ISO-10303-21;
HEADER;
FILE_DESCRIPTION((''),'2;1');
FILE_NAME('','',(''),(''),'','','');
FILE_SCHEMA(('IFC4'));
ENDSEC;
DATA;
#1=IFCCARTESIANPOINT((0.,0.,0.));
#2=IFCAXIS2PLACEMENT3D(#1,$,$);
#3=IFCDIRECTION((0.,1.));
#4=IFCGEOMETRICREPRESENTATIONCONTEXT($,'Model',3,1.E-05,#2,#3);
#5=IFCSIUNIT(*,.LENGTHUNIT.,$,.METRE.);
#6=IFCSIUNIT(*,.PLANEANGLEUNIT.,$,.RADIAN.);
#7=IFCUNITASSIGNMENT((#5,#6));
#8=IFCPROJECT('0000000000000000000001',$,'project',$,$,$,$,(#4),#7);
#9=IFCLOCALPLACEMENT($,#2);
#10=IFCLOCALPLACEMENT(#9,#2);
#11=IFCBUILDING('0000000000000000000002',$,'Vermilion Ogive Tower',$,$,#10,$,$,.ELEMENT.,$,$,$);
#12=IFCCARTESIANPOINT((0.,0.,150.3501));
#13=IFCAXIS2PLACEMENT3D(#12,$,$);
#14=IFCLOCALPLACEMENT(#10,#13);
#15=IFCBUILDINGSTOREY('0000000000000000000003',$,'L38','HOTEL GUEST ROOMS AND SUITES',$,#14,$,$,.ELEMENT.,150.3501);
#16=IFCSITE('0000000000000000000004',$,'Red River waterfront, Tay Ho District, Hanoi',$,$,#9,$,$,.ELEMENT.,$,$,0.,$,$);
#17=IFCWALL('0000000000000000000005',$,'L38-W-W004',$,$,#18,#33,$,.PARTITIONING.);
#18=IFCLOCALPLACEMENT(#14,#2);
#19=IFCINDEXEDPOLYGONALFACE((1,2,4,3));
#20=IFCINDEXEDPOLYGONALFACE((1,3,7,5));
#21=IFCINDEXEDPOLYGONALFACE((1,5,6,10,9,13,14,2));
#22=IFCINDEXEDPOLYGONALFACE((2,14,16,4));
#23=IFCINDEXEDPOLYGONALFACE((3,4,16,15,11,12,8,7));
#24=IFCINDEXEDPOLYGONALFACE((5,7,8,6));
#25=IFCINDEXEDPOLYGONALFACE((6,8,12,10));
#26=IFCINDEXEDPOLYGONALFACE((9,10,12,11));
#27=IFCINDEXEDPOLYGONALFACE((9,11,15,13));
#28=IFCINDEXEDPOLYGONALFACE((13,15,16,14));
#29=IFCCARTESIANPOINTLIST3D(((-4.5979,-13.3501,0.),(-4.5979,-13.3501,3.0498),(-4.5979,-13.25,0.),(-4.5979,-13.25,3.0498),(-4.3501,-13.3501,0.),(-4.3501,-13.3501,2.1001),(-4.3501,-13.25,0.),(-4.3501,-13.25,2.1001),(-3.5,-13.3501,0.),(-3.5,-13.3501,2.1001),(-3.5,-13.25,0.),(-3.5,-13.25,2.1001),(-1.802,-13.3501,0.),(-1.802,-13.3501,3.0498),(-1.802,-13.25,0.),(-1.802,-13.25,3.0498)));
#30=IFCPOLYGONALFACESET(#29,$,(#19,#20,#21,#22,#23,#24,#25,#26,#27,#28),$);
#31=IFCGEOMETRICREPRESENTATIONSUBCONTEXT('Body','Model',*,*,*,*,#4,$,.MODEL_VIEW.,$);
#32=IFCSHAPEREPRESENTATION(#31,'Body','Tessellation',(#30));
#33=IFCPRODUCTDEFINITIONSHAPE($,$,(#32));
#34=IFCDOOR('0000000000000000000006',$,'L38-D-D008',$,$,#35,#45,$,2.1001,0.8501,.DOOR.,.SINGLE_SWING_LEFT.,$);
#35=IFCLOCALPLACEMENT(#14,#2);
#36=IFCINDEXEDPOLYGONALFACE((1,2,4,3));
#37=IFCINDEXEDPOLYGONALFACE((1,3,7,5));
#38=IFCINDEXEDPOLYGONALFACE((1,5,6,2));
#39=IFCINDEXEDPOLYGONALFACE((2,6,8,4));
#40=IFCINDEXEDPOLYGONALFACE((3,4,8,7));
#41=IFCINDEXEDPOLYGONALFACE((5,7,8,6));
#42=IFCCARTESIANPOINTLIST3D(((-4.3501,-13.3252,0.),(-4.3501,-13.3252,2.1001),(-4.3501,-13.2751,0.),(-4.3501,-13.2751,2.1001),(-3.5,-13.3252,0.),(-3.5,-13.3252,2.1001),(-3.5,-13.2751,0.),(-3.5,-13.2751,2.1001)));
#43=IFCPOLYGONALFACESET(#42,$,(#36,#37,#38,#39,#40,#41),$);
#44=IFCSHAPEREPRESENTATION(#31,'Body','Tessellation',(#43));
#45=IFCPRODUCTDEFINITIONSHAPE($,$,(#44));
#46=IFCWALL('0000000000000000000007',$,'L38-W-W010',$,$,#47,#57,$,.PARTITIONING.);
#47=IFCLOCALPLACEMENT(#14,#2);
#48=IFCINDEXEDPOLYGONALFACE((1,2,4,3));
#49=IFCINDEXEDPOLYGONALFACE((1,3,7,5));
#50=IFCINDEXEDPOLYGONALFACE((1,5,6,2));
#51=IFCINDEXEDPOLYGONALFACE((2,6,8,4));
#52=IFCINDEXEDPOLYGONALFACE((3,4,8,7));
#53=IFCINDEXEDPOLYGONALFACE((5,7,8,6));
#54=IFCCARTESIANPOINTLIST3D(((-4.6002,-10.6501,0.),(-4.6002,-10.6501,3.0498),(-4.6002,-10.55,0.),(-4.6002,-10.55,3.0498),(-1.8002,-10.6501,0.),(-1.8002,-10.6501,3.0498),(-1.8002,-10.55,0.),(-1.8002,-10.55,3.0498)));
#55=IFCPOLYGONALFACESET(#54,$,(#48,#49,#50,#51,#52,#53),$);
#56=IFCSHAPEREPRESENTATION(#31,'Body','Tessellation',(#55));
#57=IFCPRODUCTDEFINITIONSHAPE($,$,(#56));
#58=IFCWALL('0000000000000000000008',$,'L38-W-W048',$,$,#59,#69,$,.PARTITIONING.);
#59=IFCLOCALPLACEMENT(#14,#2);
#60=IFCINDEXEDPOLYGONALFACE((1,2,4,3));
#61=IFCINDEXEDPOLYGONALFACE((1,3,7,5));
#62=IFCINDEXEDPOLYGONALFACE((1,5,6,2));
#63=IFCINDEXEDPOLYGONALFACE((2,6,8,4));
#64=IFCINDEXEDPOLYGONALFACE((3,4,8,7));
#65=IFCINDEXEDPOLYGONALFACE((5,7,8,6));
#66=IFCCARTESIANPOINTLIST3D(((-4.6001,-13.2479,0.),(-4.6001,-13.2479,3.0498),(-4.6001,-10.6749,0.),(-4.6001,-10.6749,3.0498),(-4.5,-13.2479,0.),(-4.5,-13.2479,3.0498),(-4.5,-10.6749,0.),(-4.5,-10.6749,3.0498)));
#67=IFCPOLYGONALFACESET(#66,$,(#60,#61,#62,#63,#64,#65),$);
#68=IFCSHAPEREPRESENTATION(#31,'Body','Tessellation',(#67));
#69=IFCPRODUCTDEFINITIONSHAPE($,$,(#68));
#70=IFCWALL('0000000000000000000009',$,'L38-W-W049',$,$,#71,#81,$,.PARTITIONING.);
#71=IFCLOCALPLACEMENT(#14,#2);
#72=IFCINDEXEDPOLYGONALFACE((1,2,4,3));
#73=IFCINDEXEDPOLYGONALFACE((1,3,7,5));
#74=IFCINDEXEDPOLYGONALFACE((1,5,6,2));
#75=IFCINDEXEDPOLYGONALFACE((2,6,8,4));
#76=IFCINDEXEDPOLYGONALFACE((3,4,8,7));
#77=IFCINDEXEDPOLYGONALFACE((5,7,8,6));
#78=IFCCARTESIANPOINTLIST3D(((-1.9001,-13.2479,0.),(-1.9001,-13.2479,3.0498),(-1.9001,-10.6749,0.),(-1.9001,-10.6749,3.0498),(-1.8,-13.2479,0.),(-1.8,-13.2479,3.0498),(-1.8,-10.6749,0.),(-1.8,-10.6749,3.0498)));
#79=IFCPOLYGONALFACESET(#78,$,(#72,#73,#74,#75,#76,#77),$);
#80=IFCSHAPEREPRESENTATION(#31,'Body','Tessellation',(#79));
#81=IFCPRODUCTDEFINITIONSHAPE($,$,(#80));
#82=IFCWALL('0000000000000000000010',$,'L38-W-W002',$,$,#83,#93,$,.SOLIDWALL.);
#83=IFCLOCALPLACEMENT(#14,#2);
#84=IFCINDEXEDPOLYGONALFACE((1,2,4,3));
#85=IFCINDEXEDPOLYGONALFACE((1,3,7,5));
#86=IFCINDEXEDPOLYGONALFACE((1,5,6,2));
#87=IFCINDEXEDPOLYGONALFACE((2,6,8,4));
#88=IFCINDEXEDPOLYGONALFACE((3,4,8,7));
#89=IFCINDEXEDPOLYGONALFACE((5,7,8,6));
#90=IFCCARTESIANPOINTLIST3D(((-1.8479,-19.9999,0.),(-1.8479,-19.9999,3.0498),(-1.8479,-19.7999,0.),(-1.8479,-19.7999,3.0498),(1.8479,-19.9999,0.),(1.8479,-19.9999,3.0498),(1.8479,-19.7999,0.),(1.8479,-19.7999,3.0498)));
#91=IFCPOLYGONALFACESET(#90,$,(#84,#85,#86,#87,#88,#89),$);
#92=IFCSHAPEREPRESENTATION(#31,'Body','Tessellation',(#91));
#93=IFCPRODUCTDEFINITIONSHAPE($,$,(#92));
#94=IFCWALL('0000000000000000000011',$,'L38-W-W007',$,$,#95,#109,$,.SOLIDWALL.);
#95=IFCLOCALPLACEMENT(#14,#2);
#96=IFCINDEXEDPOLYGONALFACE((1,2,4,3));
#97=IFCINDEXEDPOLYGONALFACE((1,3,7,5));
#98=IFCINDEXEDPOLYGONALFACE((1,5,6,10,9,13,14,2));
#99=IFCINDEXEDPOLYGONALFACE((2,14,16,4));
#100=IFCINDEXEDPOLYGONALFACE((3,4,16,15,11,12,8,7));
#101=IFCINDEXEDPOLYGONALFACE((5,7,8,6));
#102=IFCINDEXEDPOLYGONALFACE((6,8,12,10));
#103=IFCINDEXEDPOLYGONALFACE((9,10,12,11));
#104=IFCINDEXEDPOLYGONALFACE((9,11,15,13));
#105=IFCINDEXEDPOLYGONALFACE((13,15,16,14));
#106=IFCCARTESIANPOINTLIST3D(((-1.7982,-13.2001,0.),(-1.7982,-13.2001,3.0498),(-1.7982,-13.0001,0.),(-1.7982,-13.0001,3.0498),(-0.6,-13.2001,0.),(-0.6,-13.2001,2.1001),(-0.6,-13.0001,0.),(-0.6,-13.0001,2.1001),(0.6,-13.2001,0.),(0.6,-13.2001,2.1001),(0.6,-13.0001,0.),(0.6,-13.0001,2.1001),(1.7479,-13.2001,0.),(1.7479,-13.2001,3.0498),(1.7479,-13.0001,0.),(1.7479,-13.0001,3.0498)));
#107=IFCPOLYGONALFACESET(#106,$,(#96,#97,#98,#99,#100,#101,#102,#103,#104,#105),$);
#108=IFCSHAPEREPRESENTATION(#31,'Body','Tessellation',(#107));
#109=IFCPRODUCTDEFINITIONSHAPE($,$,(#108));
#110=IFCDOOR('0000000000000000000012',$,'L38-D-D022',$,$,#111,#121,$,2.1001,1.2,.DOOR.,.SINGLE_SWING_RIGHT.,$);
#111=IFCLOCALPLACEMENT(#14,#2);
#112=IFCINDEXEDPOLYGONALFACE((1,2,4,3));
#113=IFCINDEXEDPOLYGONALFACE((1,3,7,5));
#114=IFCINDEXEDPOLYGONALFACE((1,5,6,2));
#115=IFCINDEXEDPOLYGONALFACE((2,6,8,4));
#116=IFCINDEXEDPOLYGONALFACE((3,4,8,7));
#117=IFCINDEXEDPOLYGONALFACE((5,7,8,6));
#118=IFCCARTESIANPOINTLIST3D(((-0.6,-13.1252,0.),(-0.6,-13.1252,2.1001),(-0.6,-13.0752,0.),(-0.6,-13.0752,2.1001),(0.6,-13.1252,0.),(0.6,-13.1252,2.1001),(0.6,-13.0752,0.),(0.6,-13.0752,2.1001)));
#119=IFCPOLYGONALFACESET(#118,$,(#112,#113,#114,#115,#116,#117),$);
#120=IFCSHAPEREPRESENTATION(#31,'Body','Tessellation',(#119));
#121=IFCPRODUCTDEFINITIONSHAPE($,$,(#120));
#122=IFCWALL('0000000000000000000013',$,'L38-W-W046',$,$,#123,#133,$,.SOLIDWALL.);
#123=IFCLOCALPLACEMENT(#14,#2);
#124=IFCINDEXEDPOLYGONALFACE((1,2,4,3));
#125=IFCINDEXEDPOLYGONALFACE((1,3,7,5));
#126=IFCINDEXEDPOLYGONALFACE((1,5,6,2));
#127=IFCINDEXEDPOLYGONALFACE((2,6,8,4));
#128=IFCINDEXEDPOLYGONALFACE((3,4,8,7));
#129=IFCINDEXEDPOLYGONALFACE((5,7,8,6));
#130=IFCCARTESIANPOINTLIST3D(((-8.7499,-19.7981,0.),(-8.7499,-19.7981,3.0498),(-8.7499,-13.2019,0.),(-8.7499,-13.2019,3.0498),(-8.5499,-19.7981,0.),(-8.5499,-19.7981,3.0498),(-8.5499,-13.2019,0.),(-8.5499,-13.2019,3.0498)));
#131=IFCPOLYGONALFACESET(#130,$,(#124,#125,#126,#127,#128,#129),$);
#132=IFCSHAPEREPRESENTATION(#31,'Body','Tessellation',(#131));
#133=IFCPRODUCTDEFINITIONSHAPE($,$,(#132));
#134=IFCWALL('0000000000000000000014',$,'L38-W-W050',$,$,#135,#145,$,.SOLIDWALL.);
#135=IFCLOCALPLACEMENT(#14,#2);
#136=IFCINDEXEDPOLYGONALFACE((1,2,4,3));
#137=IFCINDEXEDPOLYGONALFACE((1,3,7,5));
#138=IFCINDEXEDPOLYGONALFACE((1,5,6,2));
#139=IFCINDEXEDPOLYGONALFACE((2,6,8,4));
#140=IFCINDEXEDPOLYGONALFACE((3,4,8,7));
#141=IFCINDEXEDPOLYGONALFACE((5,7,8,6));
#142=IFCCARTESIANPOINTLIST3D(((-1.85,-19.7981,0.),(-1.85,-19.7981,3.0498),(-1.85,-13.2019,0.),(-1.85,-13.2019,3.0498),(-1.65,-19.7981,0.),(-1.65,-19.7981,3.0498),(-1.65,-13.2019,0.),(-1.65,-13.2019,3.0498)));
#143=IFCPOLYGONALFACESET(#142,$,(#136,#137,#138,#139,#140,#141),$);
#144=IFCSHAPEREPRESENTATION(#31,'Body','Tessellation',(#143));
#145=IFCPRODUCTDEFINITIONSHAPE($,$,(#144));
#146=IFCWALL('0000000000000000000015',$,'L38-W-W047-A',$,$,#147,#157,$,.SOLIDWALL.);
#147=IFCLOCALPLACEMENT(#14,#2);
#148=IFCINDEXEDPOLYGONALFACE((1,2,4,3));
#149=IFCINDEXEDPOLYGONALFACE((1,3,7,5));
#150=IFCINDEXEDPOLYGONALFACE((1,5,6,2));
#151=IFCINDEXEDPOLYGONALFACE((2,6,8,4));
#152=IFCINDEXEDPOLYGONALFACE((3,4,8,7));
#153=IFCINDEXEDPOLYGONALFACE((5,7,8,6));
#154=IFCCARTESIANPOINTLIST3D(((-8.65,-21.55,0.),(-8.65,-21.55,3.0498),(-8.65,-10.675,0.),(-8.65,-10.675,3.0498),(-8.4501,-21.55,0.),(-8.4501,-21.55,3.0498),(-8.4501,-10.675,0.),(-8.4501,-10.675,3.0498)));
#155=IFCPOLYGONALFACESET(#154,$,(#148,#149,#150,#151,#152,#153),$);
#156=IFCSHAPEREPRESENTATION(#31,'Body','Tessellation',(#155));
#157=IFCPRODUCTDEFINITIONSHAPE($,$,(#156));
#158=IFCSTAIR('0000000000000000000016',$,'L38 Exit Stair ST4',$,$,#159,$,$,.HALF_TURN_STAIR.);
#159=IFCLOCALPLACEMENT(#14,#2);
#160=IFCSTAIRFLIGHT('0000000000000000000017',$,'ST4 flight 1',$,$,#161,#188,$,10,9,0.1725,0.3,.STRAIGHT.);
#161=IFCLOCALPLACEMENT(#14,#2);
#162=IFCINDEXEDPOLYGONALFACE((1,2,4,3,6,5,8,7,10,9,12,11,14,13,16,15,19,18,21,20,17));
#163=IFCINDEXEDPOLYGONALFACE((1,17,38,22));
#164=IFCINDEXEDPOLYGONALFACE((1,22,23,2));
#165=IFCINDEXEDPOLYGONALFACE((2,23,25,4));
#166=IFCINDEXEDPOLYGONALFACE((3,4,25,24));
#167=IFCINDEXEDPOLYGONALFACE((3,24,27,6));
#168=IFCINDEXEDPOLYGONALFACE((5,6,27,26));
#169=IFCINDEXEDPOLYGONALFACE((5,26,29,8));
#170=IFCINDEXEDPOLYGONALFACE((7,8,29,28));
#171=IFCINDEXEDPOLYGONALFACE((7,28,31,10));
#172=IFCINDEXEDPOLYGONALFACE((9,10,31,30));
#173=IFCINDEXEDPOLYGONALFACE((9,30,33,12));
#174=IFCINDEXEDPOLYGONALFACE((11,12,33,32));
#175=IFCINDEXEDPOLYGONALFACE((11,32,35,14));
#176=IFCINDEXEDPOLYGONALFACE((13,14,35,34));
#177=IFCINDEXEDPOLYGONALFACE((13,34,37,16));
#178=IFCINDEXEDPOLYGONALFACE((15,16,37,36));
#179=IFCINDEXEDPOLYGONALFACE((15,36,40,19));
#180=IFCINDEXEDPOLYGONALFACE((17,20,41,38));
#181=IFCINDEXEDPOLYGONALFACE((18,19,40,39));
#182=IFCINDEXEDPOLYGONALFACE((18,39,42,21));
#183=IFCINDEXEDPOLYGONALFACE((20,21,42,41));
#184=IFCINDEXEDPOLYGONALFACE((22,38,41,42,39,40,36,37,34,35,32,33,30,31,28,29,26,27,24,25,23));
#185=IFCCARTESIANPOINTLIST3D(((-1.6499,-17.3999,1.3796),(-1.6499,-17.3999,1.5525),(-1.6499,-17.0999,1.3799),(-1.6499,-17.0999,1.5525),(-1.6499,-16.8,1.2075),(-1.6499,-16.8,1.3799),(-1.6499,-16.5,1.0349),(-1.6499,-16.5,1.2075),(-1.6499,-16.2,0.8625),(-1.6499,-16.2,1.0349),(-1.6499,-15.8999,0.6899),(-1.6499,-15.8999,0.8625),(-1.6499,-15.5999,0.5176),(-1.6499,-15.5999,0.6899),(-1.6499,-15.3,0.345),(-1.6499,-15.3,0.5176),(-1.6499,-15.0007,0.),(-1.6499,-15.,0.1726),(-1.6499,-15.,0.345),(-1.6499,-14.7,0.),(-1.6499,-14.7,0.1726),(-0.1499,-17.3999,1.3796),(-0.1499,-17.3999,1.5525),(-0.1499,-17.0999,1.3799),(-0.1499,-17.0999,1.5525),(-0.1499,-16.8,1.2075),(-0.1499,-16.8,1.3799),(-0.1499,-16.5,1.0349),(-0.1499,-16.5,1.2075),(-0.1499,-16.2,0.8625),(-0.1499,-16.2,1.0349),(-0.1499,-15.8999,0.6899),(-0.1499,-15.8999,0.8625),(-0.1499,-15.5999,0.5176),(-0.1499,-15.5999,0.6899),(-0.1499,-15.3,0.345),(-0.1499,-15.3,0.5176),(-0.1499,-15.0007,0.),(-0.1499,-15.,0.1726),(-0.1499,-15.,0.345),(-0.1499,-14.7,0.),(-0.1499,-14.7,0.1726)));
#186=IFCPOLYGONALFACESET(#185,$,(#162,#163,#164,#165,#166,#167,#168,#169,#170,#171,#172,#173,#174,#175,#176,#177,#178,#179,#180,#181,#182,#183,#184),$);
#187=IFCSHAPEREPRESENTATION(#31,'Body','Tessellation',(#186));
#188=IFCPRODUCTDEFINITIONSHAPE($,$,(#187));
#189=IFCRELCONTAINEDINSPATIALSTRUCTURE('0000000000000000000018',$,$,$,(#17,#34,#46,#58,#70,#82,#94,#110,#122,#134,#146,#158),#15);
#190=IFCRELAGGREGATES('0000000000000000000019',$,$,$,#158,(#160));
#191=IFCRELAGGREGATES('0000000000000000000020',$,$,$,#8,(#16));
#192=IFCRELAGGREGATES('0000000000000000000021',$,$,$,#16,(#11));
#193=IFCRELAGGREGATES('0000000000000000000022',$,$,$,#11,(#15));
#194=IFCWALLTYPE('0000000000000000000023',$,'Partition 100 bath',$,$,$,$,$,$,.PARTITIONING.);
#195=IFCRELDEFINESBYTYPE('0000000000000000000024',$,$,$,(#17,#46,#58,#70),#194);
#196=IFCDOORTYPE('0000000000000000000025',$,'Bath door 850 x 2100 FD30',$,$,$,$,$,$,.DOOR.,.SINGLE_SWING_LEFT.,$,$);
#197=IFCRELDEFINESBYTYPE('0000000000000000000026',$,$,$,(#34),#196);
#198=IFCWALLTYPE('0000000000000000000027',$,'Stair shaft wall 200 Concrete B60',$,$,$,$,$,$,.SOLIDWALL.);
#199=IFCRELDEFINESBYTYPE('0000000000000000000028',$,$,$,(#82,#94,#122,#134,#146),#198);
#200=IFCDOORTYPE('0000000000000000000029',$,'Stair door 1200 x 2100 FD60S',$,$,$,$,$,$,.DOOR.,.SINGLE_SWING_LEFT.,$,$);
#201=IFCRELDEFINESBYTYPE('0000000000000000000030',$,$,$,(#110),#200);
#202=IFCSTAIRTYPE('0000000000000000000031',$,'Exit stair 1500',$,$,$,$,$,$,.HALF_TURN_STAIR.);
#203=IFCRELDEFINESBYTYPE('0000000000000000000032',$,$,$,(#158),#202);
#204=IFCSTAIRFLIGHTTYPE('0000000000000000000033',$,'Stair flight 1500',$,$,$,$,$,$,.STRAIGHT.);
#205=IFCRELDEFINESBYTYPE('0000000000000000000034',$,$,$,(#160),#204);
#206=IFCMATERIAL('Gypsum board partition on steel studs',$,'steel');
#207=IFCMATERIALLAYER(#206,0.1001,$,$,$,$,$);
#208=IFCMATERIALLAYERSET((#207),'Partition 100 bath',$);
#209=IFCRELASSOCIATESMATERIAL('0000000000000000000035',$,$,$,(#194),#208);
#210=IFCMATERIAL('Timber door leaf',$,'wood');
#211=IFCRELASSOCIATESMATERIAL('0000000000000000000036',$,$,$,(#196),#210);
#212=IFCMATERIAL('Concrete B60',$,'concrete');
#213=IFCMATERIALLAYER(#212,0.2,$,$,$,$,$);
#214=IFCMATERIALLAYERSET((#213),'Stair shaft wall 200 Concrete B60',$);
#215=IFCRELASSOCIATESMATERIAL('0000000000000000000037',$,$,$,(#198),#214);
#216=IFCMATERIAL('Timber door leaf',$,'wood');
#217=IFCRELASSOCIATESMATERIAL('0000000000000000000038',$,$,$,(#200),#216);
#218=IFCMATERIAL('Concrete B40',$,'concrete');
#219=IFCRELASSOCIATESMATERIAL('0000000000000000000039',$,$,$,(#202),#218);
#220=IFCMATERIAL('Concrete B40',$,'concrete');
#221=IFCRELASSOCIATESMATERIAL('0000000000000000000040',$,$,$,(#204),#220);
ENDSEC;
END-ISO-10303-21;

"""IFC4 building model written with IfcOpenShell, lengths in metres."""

from ifc_helpers import new_model, si_unit, direction, frame, frame_2d, origin, place, context, subcontext, project, spatial, polyline, rectangle, outline, extrude, material, layer, layer_set, type_object, element, fill, aggregate, save


model = new_model("IFC4")

# Units and contexts
model_context = context("Model", 3, precision=1e-05, world=origin(), true_north=direction((0.0, 1.0)))
body_context = subcontext(model_context, "Body", "Model", "MODEL_VIEW")
ifc_project = project(units=[si_unit("LENGTHUNIT", "METRE"), si_unit("PLANEANGLEUNIT", "RADIAN")], contexts=[model_context])

# Site, building, storey
site_placement = place(None, origin())
site = spatial("IfcSite", under=ifc_project, at=site_placement, Name="Red River waterfront, Tay Ho District, Hanoi", CompositionType="ELEMENT", RefElevation=0.0)
building_placement = place(site_placement, origin())
building = spatial("IfcBuilding", under=site, at=building_placement, Name="Vermilion Ogive Tower", CompositionType="ELEMENT")
storey_placement = place(building_placement, frame((0.0, 0.0, 150.3501)))
storey = spatial("IfcBuildingStorey", under=building, at=storey_placement, Name="L38", Description="HOTEL GUEST ROOMS AND SUITES", CompositionType="ELEMENT", Elevation=150.3501)

# Wall, opening, door
ifc_material_1 = material(Name="Gypsum board partition on steel studs", Category="steel")
ifc_layer_1 = layer(ifc_material_1, 0.1001)
ifc_layer_set_1 = layer_set([ifc_layer_1], Name="Partition 100 bath")
wall_type_1 = type_object("IfcWallType", Name="Partition 100 bath", PredefinedType="PARTITIONING", material=ifc_layer_set_1)
wall_1_placement = place(storey_placement, frame((-4.5979, -13.3, 0.0), z_axis=(0.0, 0.0, 1.0), x_axis=(1.0, 0.0, 0.0)))
wall_1 = element("IfcWall", 1, at=wall_1_placement, inside=storey, type_object=wall_type_1, Name="L38-W-W004", PredefinedType="PARTITIONING", context=body_context, shape_type="SweptSolid", body=[
    extrude(rectangle(XDim=2.7959, YDim=0.1001, at=frame_2d((1.3979, 0.0))), origin(), (0.0, 0.0, 1.0), 3.0498),
])
opening_1_placement = place(wall_1_placement, frame((0.2478, 0.0, 0.0)))
opening_1 = element("IfcOpeningElement", 2, at=opening_1_placement, cuts=wall_1, PredefinedType="OPENING", context=body_context, shape_type="SweptSolid", body=[
    extrude(rectangle(XDim=0.8501, YDim=2.1001, at=frame_2d((0.425, 1.05))), frame((0.0, 0.0601, 0.0), z_axis=(0.0, -1.0, 0.0), x_axis=(1.0, 0.0, 0.0)), (0.0, 0.0, 1.0), 0.1201),
])
ifc_material_2 = material(Name="Timber door leaf", Category="wood")
door_type_1 = type_object("IfcDoorType", Name="Bath door 850 x 2100 FD30", OperationType="SINGLE_SWING_LEFT", PredefinedType="DOOR", material=ifc_material_2)
door_1_placement = place(opening_1_placement, origin())
door_1 = element("IfcDoor", 3, at=door_1_placement, inside=storey, type_object=door_type_1, Name="L38-D-D008", OperationType="SINGLE_SWING_LEFT", OverallHeight=2.1001, OverallWidth=0.8501, PredefinedType="DOOR", context=body_context, shape_type="SweptSolid", body=[
    extrude(rectangle(XDim=0.8501, YDim=2.1001, at=frame_2d((0.425, 1.05))), frame((0.0, 0.0249, 0.0), z_axis=(0.0, -1.0, 0.0), x_axis=(1.0, 0.0, 0.0)), (0.0, 0.0, 1.0), 0.05),
])
fill(opening_1, door_1)

# Walls
wall_2_placement = place(storey_placement, frame((-4.6001, -10.6001, 0.0), z_axis=(0.0, 0.0, 1.0), x_axis=(1.0, 0.0, 0.0)))
element("IfcWall", 4, at=wall_2_placement, inside=storey, type_object=wall_type_1, Name="L38-W-W010", PredefinedType="PARTITIONING", context=body_context, shape_type="SweptSolid", body=[
    extrude(rectangle(XDim=2.8, YDim=0.1001, at=frame_2d((1.3999, 0.0))), origin(), (0.0, 0.0, 1.0), 3.0498),
])
for number, where, z_axis, x_axis, name in (
    (5, (-4.55, -13.248, 0.0), (0.0, 0.0, 1.0), (0.0, 1.0, 0.0), "L38-W-W048"),
    (6, (-1.8501, -13.248, 0.0), (0.0, 0.0, 1.0), (0.0, 1.0, 0.0), "L38-W-W049"),
):
    element("IfcWall", number, at=place(storey_placement, frame(where, z_axis=z_axis, x_axis=x_axis)), inside=storey, type_object=wall_type_1, Name=name, PredefinedType="PARTITIONING", context=body_context, shape_type="SweptSolid", body=[
        extrude(rectangle(XDim=2.573, YDim=0.1001, at=frame_2d((1.2866, 0.0))), origin(), (0.0, 0.0, 1.0), 3.0498),
    ])
ifc_material_3 = material(Name="Concrete B60", Category="concrete")
ifc_layer_2 = layer(ifc_material_3, 0.2)
ifc_layer_set_2 = layer_set([ifc_layer_2], Name="Stair shaft wall 200 Concrete B60")
wall_type_2 = type_object("IfcWallType", Name="Stair shaft wall 200 Concrete B60", PredefinedType="SOLIDWALL", material=ifc_layer_set_2)
wall_3_placement = place(storey_placement, frame((-1.8479, -19.8999, 0.0), z_axis=(0.0, 0.0, 1.0), x_axis=(1.0, 0.0, 0.0)))
element("IfcWall", 7, at=wall_3_placement, inside=storey, type_object=wall_type_2, Name="L38-W-W002", PredefinedType="SOLIDWALL", context=body_context, shape_type="SweptSolid", body=[
    extrude(rectangle(XDim=3.6958, YDim=0.2, at=frame_2d((1.8479, 0.0))), origin(), (0.0, 0.0, 1.0), 3.0498),
])

# Wall, opening, door
wall_4_placement = place(storey_placement, frame((-1.7981, -13.1001, 0.0), z_axis=(0.0, 0.0, 1.0), x_axis=(1.0, 0.0, 0.0)))
wall_4 = element("IfcWall", 8, at=wall_4_placement, inside=storey, type_object=wall_type_2, Name="L38-W-W007", PredefinedType="SOLIDWALL", context=body_context, shape_type="SweptSolid", body=[
    extrude(rectangle(XDim=3.5461, YDim=0.2, at=frame_2d((1.7729, 0.0))), origin(), (0.0, 0.0, 1.0), 3.0498),
])
opening_2_placement = place(wall_4_placement, frame((1.198, 0.0, 0.0)))
opening_2 = element("IfcOpeningElement", 9, at=opening_2_placement, cuts=wall_4, PredefinedType="OPENING", context=body_context, shape_type="SweptSolid", body=[
    extrude(rectangle(XDim=1.2, YDim=2.1001, at=frame_2d((0.6001, 1.05))), frame((0.0, 0.1099, 0.0), z_axis=(0.0, -1.0, 0.0), x_axis=(1.0, 0.0, 0.0)), (0.0, 0.0, 1.0), 0.22),
])
ifc_material_4 = material(Name="Timber door leaf", Category="wood")
door_type_2 = type_object("IfcDoorType", Name="Stair door 1200 x 2100 FD60S", OperationType="SINGLE_SWING_LEFT", PredefinedType="DOOR", material=ifc_material_4)
door_2_placement = place(opening_2_placement, origin())
door_2 = element("IfcDoor", 10, at=door_2_placement, inside=storey, type_object=door_type_2, Name="L38-D-D022", OperationType="SINGLE_SWING_RIGHT", OverallHeight=2.1001, OverallWidth=1.2, PredefinedType="DOOR", context=body_context, shape_type="SweptSolid", body=[
    extrude(rectangle(XDim=1.2, YDim=2.1001, at=frame_2d((0.6001, 1.05))), frame((0.0, 0.0249, 0.0), z_axis=(0.0, -1.0, 0.0), x_axis=(1.0, 0.0, 0.0)), (0.0, 0.0, 1.0), 0.05),
])
fill(opening_2, door_2)

# Walls
for number, where, z_axis, x_axis, name in (
    (11, (-8.6499, -19.7981, 0.0), (0.0, 0.0, 1.0), (0.0, 1.0, 0.0), "L38-W-W046"),
    (12, (-1.75, -19.7981, 0.0), (0.0, 0.0, 1.0), (0.0, 1.0, 0.0), "L38-W-W050"),
):
    element("IfcWall", number, at=place(storey_placement, frame(where, z_axis=z_axis, x_axis=x_axis)), inside=storey, type_object=wall_type_2, Name=name, PredefinedType="SOLIDWALL", context=body_context, shape_type="SweptSolid", body=[
        extrude(rectangle(XDim=6.5962, YDim=0.2, at=frame_2d((3.2981, 0.0))), origin(), (0.0, 0.0, 1.0), 3.0498),
    ])
wall_5_placement = place(storey_placement, frame((-8.55, -21.55, 0.0), z_axis=(0.0, 0.0, 1.0), x_axis=(0.0, 1.0, 0.0)))
element("IfcWall", 13, at=wall_5_placement, inside=storey, type_object=wall_type_2, Name="L38-W-W047-A", PredefinedType="SOLIDWALL", context=body_context, shape_type="SweptSolid", body=[
    extrude(rectangle(XDim=10.875, YDim=0.2, at=frame_2d((5.4375, 0.0))), origin(), (0.0, 0.0, 1.0), 3.0498),
])

# Stair, stair flight
ifc_material_5 = material(Name="Concrete B40", Category="concrete")
stair_type = type_object("IfcStairType", Name="Exit stair 1500", PredefinedType="HALF_TURN_STAIR", material=ifc_material_5)
stair_placement = place(storey_placement, origin())
stair = element("IfcStair", 14, at=stair_placement, inside=storey, type_object=stair_type, Name="L38 Exit Stair ST4", PredefinedType="HALF_TURN_STAIR")
ifc_material_6 = material(Name="Concrete B40", Category="concrete")
stair_flight_type = type_object("IfcStairFlightType", Name="Stair flight 1500", PredefinedType="STRAIGHT", material=ifc_material_6)
stair_flight_placement = place(storey_placement, frame((-0.8999, -14.7, 0.0), z_axis=(0.0, 0.0, 1.0), x_axis=(0.0, -1.0, 0.0)))
stair_flight = element("IfcStairFlight", 15, at=stair_flight_placement, type_object=stair_flight_type, Name="ST4 flight 1", NumberOfRisers=10, NumberOfTreads=9, PredefinedType="STRAIGHT", RiserHeight=0.1725, TreadLength=0.3, context=body_context, shape_type="SweptSolid", body=[
    extrude(outline(polyline([(0.0, 0.0), (0.0, 0.1726), (0.3, 0.1726), (0.3, 0.345), (0.6001, 0.345), (0.6001, 0.5176), (0.8999, 0.5176), (0.8999, 0.6899), (1.2, 0.6899), (1.2, 0.8625), (1.5, 0.8625), (1.5, 1.0349), (1.8, 1.0349), (1.8, 1.2075), (2.1001, 1.2075), (2.1001, 1.3799), (2.3999, 1.3799), (2.3999, 1.5525), (2.7, 1.5525), (2.7, 1.7251), (2.7, 1.3796), (0.3008, 0.0), (0.0, 0.0)])), frame((0.0, 0.75, 0.0), z_axis=(0.0, -1.0, 0.0), x_axis=(1.0, 0.0, 0.0)), (0.0, 0.0, 1.0), 1.5),
])
aggregate(stair, [stair_flight])

save(model, "model.ifc")
